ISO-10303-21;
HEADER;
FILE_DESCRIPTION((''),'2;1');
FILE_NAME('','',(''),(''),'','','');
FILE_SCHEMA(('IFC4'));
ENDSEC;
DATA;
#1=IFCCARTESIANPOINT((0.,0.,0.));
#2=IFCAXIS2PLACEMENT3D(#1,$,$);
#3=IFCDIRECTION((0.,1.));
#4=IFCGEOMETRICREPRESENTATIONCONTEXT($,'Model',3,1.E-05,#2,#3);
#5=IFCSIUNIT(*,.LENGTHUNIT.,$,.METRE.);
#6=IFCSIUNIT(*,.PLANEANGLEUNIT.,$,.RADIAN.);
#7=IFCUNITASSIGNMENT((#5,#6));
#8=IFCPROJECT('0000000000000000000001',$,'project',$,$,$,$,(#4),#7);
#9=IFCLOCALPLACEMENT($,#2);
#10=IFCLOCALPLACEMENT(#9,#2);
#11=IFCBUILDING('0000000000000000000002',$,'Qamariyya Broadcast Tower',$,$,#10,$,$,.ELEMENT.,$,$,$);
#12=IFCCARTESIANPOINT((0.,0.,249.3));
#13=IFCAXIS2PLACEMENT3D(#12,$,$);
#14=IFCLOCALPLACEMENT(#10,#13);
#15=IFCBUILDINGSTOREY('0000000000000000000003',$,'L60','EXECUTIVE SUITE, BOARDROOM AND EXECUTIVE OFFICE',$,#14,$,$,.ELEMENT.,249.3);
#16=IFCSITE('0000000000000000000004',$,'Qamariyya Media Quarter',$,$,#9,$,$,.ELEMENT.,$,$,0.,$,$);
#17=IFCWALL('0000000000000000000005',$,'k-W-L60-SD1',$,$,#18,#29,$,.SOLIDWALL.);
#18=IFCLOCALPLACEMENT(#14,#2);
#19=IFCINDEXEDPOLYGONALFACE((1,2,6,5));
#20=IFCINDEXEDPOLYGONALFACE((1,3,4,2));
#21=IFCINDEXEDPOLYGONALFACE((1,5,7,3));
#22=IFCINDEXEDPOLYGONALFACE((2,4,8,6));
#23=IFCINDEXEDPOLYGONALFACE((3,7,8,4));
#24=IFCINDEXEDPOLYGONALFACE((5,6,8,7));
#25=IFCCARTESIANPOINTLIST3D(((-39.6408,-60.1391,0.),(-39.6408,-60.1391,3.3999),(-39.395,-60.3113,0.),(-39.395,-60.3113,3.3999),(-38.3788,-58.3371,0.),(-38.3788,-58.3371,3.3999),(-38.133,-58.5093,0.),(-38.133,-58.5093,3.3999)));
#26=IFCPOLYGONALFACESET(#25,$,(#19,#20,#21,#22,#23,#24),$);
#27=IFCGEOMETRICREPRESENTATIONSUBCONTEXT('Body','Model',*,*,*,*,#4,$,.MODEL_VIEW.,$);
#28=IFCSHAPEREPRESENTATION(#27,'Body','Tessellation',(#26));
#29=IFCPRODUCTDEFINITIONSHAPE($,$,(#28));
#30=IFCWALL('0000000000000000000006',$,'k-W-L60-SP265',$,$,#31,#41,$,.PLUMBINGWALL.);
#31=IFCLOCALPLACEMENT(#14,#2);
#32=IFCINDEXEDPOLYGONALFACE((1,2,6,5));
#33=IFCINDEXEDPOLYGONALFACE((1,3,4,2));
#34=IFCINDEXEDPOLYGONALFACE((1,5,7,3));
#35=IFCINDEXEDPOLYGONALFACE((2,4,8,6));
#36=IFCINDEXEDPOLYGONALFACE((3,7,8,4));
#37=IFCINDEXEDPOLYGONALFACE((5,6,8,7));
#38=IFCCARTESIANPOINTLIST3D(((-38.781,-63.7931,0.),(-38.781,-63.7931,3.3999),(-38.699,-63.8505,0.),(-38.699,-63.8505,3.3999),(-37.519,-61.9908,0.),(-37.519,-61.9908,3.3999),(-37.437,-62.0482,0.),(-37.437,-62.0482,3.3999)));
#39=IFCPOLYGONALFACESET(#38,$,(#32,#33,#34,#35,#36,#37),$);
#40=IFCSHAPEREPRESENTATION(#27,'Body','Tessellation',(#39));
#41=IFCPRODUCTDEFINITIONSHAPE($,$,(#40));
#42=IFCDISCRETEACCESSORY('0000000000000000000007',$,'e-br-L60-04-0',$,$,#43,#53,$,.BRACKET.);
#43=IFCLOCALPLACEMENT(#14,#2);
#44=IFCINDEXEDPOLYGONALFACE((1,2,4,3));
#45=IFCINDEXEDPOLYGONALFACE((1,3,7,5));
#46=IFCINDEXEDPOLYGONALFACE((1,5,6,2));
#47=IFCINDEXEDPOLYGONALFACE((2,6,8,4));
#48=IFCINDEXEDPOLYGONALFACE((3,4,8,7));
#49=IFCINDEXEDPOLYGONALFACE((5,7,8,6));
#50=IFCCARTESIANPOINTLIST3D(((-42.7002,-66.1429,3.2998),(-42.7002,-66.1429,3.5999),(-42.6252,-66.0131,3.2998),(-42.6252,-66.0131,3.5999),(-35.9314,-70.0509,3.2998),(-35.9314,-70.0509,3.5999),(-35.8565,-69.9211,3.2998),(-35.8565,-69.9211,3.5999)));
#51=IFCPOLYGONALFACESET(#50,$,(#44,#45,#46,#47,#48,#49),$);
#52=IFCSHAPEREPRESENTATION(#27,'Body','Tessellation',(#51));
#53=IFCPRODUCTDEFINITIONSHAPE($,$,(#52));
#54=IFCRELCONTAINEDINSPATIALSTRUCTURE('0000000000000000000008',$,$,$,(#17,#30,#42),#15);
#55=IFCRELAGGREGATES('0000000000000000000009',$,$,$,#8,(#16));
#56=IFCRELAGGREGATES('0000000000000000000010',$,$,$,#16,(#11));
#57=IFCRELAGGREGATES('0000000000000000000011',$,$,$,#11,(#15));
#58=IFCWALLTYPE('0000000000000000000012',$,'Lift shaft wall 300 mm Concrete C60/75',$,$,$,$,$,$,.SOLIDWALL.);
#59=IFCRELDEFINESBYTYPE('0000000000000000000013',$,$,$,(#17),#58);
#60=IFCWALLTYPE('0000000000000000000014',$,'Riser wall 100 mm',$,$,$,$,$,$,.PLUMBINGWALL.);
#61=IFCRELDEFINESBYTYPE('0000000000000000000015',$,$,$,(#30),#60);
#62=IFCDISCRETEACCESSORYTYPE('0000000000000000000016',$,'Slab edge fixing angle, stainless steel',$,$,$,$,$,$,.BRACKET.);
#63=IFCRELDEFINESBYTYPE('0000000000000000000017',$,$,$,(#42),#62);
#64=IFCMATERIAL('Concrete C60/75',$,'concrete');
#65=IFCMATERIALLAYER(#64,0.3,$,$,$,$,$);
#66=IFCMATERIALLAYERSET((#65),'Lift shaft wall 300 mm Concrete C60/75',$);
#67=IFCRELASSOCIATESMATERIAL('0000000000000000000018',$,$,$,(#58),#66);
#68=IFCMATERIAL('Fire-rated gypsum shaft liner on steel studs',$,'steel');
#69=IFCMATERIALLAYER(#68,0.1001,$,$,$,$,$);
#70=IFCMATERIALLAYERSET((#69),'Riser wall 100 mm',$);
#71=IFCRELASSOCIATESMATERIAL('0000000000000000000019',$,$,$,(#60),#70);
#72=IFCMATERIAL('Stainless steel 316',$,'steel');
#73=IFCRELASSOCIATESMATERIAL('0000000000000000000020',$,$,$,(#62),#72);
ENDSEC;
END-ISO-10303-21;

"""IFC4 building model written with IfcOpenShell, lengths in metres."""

from ifc_helpers import new_model, si_unit, direction, frame, frame_2d, origin, origin_2d, place, context, subcontext, project, spatial, rectangle, extrude, material, layer, layer_set, type_object, element, save


model = new_model("IFC4")

# Units and contexts
model_context = context("Model", 3, precision=1e-05, world=origin(), true_north=direction((0.0, 1.0)))
body_context = subcontext(model_context, "Body", "Model", "MODEL_VIEW")
ifc_project = project(units=[si_unit("LENGTHUNIT", "METRE"), si_unit("PLANEANGLEUNIT", "RADIAN")], contexts=[model_context])

# Site, building, storey
site_placement = place(None, origin())
site = spatial("IfcSite", under=ifc_project, at=site_placement, Name="Qamariyya Media Quarter", CompositionType="ELEMENT", RefElevation=0.0)
building_placement = place(site_placement, origin())
building = spatial("IfcBuilding", under=site, at=building_placement, Name="Qamariyya Broadcast Tower", CompositionType="ELEMENT")
storey_placement = place(building_placement, frame((0.0, 0.0, 249.3)))
storey = spatial("IfcBuildingStorey", under=building, at=storey_placement, Name="L60", Description="EXECUTIVE SUITE, BOARDROOM AND EXECUTIVE OFFICE", CompositionType="ELEMENT", Elevation=249.3)

# Shared definitions
ifc_material_1 = material(Name="Concrete C60/75", Category="concrete")

# Shared definitions
ifc_layer_1 = layer(ifc_material_1, 0.3)
ifc_layer_set_1 = layer_set([ifc_layer_1], Name="Lift shaft wall 300 mm Concrete C60/75")
wall_type_1 = type_object("IfcWallType", Name="Lift shaft wall 300 mm Concrete C60/75", PredefinedType="SOLIDWALL", material=ifc_layer_set_1)

# Walls
wall_1_placement = place(storey_placement, frame((-38.2559, -58.4231, 0.0), z_axis=(0.0, 0.0, 1.0), x_axis=(-0.573634, -0.819112, 0.0)))
element("IfcWall", 1, at=wall_1_placement, inside=storey, type_object=wall_type_1, Name="k-W-L60-SD1", PredefinedType="SOLIDWALL", context=body_context, shape_type="SweptSolid", body=[
    extrude(rectangle(XDim=2.2, YDim=0.3, at=frame_2d((1.1001, 0.0))), origin(), (0.0, 0.0, 1.0), 3.3999),
])
ifc_material_2 = material(Name="Fire-rated gypsum shaft liner on steel studs", Category="steel")
ifc_layer_2 = layer(ifc_material_2, 0.1001)
ifc_layer_set_2 = layer_set([ifc_layer_2], Name="Riser wall 100 mm")
wall_type_2 = type_object("IfcWallType", Name="Riser wall 100 mm", PredefinedType="PLUMBINGWALL", material=ifc_layer_set_2)
wall_2_placement = place(storey_placement, frame((-37.478, -62.0195, 0.0), z_axis=(0.0, 0.0, 1.0), x_axis=(-0.573581, -0.819149, 0.0)))
element("IfcWall", 2, at=wall_2_placement, inside=storey, type_object=wall_type_2, Name="k-W-L60-SP265", PredefinedType="PLUMBINGWALL", context=body_context, shape_type="SweptSolid", body=[
    extrude(rectangle(XDim=2.2002, YDim=0.1001, at=frame_2d((1.1001, 0.0))), origin(), (0.0, 0.0, 1.0), 3.3999),
])

# Discrete accessory
ifc_material_3 = material(Name="Stainless steel 316", Category="steel")
discrete_accessory_type = type_object("IfcDiscreteAccessoryType", Name="Slab edge fixing angle, stainless steel", PredefinedType="BRACKET", material=ifc_material_3)
discrete_accessory_placement = place(storey_placement, frame((-39.2783, -68.032, 3.2998), z_axis=(0.0, 0.0, 1.0), x_axis=(0.866025, -0.5, 0.0)))
element("IfcDiscreteAccessory", 3, at=discrete_accessory_placement, inside=storey, type_object=discrete_accessory_type, Name="e-br-L60-04-0", PredefinedType="BRACKET", context=body_context, shape_type="SweptSolid", body=[
    extrude(rectangle(XDim=7.8159, YDim=0.1499, at=origin_2d()), origin(), (0.0, 0.0, 1.0), 0.3),
])

save(model, "model.ifc")
